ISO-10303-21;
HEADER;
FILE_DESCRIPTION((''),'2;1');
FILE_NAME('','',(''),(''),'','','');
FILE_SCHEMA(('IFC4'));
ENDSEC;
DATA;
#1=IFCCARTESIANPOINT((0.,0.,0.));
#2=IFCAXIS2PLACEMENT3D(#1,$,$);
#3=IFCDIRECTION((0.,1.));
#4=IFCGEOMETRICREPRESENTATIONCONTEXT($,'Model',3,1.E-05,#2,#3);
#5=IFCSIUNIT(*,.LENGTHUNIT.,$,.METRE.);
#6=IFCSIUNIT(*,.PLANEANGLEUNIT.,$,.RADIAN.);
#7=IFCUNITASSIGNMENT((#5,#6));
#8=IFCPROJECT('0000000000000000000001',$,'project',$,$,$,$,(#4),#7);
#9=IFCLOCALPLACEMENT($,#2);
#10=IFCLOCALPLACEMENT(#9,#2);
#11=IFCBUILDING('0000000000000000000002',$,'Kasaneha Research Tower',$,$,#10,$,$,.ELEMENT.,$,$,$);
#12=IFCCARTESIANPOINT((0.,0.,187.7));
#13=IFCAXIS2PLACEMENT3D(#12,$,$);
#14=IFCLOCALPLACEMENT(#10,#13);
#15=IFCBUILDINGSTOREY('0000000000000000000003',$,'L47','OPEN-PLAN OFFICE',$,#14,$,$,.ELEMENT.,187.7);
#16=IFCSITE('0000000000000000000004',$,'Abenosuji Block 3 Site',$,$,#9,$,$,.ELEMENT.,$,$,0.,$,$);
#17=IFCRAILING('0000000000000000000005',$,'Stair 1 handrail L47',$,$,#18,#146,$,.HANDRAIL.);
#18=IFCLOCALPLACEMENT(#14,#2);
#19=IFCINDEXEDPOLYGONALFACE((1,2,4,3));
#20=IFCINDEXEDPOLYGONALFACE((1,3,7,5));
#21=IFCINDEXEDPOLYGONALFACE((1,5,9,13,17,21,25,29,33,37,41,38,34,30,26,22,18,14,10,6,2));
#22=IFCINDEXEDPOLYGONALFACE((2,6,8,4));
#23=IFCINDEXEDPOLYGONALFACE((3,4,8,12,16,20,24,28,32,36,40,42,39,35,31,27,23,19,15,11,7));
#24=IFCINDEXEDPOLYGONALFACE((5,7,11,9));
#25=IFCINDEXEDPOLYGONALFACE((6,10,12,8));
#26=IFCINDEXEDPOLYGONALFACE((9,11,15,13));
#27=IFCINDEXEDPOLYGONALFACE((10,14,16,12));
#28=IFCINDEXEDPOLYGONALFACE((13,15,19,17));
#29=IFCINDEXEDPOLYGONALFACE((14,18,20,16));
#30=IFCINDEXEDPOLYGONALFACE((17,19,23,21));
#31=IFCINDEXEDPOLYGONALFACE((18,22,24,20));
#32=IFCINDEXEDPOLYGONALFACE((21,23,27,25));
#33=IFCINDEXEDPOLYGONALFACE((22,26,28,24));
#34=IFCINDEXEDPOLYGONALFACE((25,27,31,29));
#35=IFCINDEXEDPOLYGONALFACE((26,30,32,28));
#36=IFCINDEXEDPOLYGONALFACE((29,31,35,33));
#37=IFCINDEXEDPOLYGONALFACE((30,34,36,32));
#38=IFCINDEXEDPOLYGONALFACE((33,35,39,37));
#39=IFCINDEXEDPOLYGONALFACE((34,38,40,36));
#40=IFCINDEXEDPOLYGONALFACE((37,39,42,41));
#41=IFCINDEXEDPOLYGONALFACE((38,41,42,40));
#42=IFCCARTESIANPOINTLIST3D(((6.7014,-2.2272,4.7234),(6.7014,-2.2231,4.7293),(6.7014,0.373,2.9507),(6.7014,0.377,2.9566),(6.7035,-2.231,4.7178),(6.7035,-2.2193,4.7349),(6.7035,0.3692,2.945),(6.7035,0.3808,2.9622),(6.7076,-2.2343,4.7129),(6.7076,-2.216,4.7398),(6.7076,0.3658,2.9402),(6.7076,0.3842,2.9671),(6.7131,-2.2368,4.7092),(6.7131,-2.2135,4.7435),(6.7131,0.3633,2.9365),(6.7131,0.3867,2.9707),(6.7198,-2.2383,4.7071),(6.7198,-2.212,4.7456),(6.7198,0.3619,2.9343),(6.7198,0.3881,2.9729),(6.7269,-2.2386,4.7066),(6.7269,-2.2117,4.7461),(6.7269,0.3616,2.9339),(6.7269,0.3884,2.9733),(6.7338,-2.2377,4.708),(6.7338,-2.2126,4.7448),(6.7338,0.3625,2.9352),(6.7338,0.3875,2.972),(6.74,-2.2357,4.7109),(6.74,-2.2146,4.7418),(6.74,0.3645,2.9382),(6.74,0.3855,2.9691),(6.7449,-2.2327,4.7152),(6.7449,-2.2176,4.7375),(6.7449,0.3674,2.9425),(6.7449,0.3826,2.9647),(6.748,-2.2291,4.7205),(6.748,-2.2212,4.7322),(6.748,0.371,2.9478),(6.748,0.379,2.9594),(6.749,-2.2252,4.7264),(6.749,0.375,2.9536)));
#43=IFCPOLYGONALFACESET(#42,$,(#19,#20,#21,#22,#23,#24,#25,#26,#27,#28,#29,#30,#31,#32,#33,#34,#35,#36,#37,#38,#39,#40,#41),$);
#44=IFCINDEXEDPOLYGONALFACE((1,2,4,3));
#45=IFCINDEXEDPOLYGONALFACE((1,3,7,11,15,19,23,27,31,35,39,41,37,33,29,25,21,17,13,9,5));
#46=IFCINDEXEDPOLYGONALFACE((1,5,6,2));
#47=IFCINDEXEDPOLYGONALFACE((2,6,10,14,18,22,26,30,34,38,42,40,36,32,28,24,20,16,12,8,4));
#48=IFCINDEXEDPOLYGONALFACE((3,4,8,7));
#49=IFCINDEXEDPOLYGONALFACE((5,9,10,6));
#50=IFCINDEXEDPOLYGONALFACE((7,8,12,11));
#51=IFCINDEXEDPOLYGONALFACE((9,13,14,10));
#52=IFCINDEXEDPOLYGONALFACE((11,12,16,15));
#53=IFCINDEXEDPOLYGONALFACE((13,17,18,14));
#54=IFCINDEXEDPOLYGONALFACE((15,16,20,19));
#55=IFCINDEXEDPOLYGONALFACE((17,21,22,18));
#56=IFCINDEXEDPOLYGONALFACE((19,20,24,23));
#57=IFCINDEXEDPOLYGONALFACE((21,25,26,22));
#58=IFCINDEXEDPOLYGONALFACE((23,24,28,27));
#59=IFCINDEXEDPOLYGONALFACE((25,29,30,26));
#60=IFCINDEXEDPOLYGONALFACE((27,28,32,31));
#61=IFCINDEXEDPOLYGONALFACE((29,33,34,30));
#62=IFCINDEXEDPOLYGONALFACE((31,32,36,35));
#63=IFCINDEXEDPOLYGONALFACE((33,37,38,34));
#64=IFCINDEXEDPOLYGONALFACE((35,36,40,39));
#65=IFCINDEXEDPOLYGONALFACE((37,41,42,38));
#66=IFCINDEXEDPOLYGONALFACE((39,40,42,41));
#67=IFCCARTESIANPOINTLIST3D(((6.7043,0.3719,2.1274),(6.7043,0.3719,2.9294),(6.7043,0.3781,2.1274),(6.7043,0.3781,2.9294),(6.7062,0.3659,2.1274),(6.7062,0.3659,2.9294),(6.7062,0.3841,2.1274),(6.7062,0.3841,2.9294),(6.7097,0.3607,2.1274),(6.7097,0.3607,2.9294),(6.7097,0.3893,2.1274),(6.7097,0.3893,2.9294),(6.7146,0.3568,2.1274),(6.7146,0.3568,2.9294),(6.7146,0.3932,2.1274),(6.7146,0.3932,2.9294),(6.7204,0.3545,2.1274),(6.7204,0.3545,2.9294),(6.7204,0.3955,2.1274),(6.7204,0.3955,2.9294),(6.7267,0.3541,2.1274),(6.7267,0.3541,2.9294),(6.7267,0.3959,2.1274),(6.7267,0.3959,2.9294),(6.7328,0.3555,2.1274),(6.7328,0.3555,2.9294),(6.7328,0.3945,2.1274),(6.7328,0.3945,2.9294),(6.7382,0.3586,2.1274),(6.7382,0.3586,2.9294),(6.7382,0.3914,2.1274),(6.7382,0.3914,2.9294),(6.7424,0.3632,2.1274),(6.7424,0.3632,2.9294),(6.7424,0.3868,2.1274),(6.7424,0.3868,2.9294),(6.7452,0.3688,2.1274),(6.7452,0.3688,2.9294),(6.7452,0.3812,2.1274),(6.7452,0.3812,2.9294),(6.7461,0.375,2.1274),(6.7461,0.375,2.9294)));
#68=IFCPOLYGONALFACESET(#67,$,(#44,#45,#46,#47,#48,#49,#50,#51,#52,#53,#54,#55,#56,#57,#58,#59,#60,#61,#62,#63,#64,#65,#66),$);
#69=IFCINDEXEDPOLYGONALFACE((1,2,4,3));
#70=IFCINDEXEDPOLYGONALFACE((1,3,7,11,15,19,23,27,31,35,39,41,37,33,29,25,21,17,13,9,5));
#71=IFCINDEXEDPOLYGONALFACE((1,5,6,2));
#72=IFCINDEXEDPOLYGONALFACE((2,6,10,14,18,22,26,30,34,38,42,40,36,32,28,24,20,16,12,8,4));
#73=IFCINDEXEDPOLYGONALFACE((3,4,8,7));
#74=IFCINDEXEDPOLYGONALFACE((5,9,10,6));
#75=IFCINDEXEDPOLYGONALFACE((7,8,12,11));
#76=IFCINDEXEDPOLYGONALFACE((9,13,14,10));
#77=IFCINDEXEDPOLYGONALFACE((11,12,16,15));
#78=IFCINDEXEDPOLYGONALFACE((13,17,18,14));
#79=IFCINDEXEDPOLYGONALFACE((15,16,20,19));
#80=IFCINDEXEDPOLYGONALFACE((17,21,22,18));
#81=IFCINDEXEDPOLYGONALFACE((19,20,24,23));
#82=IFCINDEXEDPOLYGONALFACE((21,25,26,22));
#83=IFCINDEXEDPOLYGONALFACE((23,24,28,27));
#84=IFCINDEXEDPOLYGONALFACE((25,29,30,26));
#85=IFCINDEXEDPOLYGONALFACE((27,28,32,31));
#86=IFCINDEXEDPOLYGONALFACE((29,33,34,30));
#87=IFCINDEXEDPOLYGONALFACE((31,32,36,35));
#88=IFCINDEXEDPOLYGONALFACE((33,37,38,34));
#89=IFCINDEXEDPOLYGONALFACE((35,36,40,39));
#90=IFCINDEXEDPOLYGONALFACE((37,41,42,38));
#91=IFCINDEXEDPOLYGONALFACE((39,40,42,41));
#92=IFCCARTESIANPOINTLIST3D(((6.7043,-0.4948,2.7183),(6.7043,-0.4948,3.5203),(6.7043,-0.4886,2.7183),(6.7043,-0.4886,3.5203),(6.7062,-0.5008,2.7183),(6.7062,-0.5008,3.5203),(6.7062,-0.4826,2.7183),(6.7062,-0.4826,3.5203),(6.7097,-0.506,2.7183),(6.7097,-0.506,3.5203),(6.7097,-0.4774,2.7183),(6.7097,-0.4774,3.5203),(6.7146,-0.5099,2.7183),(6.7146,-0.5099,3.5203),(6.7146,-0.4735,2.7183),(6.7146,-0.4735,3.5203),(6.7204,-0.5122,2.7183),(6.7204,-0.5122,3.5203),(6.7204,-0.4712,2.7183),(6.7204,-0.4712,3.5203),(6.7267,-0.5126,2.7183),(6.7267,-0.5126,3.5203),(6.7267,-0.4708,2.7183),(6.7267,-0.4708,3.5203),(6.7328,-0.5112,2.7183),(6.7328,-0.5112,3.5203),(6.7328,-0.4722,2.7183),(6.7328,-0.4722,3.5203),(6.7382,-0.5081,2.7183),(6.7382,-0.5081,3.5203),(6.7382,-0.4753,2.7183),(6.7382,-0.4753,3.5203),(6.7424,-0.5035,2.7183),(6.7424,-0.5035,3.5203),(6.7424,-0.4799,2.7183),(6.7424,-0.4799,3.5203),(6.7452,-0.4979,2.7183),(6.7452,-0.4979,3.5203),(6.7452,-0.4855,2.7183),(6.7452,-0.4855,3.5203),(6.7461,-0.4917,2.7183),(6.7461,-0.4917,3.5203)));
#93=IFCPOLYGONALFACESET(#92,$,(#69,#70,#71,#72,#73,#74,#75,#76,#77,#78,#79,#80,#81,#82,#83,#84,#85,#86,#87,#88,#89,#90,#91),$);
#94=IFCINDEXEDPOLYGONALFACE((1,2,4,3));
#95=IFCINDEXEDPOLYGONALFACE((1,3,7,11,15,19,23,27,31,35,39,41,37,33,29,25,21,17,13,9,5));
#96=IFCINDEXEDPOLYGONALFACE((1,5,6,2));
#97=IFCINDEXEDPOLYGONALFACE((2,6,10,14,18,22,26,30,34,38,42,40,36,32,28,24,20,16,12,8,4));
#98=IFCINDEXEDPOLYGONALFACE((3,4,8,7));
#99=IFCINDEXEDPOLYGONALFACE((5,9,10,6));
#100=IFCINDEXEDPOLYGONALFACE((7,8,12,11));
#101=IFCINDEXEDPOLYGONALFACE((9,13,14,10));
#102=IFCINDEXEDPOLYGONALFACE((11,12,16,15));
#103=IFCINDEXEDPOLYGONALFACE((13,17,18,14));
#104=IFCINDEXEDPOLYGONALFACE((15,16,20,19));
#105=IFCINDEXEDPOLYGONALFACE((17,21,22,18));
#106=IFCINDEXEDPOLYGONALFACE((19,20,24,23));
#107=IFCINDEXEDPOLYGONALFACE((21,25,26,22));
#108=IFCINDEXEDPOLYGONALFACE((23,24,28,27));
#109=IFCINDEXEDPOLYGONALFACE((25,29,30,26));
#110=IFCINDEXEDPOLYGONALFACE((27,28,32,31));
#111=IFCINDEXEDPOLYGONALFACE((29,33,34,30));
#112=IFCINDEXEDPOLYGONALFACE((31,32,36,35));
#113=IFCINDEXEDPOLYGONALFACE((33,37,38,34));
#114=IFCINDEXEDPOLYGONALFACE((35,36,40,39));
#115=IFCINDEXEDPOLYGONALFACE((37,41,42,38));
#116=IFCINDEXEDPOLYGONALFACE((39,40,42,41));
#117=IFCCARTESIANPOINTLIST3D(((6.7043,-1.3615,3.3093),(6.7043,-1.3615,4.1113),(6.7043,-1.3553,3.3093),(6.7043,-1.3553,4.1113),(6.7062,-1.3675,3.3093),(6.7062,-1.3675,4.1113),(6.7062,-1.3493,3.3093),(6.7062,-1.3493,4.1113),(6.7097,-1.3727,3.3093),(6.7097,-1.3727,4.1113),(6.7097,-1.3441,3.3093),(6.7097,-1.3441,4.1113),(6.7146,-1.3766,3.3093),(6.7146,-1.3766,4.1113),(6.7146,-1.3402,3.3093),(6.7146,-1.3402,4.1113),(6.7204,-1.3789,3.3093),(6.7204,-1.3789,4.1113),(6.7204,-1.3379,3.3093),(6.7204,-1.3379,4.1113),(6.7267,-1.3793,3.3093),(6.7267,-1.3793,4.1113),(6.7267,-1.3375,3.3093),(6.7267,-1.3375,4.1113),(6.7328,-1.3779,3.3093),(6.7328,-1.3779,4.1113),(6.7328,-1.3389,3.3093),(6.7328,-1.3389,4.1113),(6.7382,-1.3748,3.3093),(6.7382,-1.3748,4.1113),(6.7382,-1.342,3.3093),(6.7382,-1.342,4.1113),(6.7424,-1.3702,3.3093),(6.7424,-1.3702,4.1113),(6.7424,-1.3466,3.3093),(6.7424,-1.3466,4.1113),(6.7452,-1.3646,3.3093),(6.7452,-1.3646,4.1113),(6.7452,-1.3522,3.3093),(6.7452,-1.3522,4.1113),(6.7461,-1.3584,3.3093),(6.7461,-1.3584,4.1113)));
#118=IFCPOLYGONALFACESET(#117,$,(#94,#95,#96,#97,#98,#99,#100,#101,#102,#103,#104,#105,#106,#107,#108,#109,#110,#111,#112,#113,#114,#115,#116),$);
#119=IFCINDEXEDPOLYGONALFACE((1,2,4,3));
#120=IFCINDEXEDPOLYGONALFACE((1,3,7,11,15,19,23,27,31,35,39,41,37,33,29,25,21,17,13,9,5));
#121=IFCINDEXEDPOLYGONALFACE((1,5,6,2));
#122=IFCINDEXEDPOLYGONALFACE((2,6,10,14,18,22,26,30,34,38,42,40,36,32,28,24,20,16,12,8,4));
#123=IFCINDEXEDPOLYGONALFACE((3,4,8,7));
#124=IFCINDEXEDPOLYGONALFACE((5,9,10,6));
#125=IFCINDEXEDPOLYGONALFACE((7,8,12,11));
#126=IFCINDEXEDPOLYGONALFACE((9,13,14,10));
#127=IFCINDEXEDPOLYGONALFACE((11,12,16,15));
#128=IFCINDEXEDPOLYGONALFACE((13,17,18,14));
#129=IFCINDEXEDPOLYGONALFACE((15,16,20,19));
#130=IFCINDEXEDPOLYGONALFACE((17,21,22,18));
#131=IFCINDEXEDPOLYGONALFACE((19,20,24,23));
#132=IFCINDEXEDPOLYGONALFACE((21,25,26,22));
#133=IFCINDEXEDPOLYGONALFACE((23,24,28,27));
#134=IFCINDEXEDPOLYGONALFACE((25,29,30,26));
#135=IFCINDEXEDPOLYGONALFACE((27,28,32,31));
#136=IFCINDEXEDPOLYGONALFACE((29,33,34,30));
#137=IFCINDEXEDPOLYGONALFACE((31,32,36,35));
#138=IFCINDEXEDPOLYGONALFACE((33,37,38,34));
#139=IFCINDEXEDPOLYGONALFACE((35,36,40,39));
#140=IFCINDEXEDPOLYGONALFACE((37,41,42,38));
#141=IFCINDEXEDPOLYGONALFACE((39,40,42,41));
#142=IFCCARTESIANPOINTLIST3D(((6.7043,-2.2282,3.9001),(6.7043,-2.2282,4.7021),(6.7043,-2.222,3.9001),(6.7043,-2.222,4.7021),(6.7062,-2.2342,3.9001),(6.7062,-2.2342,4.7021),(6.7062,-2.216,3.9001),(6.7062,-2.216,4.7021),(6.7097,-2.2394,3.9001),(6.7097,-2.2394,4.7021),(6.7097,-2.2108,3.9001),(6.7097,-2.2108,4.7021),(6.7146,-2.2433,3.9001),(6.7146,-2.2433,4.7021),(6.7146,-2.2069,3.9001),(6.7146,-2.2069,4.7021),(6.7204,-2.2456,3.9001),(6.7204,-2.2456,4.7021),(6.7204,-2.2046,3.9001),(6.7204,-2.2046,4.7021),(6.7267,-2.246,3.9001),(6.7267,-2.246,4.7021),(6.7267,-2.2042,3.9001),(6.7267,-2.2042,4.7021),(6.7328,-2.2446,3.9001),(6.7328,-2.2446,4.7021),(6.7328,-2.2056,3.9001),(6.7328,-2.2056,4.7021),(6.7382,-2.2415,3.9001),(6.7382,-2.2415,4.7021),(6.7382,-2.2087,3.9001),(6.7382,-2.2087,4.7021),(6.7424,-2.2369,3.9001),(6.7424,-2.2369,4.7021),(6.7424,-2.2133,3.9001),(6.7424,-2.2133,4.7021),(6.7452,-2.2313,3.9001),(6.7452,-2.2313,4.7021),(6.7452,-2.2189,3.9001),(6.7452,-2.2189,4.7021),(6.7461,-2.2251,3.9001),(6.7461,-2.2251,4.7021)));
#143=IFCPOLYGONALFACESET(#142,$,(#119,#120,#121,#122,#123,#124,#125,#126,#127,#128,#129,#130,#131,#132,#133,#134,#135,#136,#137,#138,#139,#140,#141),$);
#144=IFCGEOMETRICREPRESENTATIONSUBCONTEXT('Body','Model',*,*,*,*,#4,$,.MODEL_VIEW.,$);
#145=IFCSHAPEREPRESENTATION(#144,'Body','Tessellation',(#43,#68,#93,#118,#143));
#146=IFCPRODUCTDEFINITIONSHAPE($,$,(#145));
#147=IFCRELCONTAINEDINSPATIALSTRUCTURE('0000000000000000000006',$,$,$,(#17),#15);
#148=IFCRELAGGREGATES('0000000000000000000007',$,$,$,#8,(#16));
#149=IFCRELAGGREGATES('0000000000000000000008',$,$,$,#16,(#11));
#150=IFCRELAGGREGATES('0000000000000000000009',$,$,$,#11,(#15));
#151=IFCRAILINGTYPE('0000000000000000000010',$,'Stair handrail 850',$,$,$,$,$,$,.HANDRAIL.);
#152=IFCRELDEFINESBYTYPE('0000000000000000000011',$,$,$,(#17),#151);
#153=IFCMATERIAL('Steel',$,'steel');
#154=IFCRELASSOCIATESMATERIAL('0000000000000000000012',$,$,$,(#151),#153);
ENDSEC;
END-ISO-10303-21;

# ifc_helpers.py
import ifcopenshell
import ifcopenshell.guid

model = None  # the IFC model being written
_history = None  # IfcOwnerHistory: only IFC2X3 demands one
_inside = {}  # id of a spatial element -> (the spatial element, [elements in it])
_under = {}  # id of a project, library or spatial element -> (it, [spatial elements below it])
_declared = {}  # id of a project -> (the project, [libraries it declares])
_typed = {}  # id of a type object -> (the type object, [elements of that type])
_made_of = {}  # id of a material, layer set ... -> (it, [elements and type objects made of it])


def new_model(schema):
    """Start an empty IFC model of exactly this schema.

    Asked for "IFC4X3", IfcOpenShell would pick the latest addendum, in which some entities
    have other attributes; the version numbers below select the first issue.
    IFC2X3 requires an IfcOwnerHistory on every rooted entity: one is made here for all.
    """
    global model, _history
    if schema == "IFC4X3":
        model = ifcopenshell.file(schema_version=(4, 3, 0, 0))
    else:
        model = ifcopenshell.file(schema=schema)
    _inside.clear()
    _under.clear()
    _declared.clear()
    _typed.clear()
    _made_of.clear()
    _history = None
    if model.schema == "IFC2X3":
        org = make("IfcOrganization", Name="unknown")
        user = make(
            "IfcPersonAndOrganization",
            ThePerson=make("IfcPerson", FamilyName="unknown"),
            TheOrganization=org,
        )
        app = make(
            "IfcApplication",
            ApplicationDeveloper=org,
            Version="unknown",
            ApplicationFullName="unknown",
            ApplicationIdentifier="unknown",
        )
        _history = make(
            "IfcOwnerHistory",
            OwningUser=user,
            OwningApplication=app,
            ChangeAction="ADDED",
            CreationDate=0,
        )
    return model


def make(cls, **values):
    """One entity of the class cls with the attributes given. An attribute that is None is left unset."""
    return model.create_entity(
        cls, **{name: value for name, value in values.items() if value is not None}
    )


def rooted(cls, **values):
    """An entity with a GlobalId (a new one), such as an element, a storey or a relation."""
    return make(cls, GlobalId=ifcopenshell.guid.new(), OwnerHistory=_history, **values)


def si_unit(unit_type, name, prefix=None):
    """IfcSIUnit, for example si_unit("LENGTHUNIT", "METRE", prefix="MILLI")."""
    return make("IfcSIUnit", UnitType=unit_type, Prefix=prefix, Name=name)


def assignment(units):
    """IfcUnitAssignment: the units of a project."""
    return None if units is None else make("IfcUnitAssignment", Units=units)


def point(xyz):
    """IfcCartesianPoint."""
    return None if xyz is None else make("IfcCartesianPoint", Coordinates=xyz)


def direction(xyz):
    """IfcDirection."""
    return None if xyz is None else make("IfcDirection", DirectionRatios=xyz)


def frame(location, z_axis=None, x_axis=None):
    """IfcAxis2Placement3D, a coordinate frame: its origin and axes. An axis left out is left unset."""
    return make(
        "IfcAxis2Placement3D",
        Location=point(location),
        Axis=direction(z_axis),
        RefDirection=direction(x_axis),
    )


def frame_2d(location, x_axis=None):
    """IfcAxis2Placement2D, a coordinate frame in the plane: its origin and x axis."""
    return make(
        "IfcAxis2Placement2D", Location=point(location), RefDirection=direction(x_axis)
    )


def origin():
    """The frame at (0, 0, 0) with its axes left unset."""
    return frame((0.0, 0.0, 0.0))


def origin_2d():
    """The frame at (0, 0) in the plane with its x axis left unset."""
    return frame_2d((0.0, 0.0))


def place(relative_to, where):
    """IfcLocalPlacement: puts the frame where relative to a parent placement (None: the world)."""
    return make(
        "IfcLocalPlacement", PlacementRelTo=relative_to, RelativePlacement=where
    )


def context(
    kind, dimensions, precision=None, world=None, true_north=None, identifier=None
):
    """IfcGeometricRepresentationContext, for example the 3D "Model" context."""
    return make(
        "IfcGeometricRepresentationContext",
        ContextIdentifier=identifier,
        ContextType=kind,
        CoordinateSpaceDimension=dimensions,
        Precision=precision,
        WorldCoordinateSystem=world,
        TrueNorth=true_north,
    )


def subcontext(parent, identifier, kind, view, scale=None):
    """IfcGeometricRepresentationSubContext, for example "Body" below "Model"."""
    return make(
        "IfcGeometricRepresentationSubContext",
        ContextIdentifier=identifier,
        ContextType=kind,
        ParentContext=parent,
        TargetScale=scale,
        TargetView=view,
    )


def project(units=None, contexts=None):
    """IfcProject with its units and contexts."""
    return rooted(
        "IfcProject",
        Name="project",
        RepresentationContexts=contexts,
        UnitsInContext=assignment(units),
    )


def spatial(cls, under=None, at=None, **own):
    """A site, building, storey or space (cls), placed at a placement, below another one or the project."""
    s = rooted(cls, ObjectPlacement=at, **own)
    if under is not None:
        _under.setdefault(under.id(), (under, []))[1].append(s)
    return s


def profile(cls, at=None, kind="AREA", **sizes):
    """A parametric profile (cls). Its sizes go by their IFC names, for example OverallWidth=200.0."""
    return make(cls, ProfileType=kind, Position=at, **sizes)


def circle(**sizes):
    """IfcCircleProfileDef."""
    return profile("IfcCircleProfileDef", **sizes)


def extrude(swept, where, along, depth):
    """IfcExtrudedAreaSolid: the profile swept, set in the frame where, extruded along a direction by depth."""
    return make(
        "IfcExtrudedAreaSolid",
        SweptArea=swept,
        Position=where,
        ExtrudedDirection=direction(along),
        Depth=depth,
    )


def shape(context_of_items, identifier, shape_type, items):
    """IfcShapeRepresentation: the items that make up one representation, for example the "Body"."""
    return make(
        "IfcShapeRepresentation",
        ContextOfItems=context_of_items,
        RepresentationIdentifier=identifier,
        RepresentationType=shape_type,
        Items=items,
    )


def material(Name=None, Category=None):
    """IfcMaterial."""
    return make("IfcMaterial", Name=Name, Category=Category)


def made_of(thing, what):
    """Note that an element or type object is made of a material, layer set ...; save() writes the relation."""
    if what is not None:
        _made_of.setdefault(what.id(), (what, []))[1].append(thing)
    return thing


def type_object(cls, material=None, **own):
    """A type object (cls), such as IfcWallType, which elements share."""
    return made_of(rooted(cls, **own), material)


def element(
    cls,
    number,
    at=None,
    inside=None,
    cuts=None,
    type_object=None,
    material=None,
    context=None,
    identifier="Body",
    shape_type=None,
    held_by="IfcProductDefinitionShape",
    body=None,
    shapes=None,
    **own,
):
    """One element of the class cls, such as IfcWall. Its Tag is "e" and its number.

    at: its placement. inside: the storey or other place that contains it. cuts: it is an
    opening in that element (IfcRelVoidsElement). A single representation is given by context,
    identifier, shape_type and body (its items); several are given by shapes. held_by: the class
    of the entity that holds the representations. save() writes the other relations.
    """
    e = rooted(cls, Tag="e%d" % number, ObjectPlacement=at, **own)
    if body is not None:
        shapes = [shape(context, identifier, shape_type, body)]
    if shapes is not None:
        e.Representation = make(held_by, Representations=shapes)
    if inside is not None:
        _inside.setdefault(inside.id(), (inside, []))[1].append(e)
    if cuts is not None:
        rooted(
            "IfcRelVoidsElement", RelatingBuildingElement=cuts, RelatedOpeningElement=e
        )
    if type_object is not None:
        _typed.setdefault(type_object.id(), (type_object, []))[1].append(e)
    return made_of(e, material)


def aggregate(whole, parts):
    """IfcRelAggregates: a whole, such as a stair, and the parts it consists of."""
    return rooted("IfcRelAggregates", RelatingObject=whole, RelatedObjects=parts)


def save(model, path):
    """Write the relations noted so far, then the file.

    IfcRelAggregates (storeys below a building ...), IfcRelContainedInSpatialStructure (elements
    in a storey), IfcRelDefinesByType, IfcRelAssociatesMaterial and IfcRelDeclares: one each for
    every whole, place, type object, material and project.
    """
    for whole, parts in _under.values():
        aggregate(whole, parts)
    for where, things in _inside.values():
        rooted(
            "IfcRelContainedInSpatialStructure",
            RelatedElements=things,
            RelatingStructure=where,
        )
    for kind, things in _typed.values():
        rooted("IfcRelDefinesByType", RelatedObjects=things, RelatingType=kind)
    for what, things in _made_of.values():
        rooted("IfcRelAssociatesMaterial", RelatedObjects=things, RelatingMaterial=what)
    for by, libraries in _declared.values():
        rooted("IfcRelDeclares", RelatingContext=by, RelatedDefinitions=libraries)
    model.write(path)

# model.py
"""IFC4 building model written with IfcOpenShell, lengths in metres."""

from ifc_helpers import new_model, si_unit, direction, frame, origin, origin_2d, place, context, subcontext, project, spatial, circle, extrude, material, type_object, element, save


model = new_model("IFC4")

# Units and contexts
model_context = context("Model", 3, precision=1e-05, world=origin(), true_north=direction((0.0, 1.0)))
body_context = subcontext(model_context, "Body", "Model", "MODEL_VIEW")
ifc_project = project(units=[si_unit("LENGTHUNIT", "METRE"), si_unit("PLANEANGLEUNIT", "RADIAN")], contexts=[model_context])

# Site, building, storey
site_placement = place(None, origin())
site = spatial("IfcSite", under=ifc_project, at=site_placement, Name="Abenosuji Block 3 Site", CompositionType="ELEMENT", RefElevation=0.0)
building_placement = place(site_placement, origin())
building = spatial("IfcBuilding", under=site, at=building_placement, Name="Kasaneha Research Tower", CompositionType="ELEMENT")
storey_placement = place(building_placement, frame((0.0, 0.0, 187.7)))
storey = spatial("IfcBuildingStorey", under=building, at=storey_placement, Name="L47", Description="OPEN-PLAN OFFICE", CompositionType="ELEMENT", Elevation=187.7)

# Railing
ifc_material_1 = material(Name="Steel", Category="steel")
railing_type = type_object("IfcRailingType", Name="Stair handrail 850", PredefinedType="HANDRAIL", material=ifc_material_1)
railing_placement = place(storey_placement, frame((6.7251, 0.375, 2.1274)))
element("IfcRailing", 1, at=railing_placement, inside=storey, type_object=railing_type, Name="Stair 1 handrail L47", PredefinedType="HANDRAIL", context=body_context, shape_type="SweptSolid", body=[
    extrude(circle(Radius=0.0239, at=origin_2d()), frame((0.0, 0.0, 0.8262), z_axis=(0.0, -0.82624, 0.563318), x_axis=(1.0, 0.0, 0.0)), (0.0, 0.0, 1.0), 3.147),
    extrude(circle(Radius=0.021, at=origin_2d()), origin(), (0.0, 0.0, 1.0), 0.802),
    extrude(circle(Radius=0.021, at=origin_2d()), frame((0.0, -0.8667, 0.5908)), (0.0, 0.0, 1.0), 0.802),
    extrude(circle(Radius=0.021, at=origin_2d()), frame((0.0, -1.7334, 1.1819)), (0.0, 0.0, 1.0), 0.802),
    extrude(circle(Radius=0.021, at=origin_2d()), frame((0.0, -2.6001, 1.7727)), (0.0, 0.0, 1.0), 0.802),
])

save(model, "model.ifc")
